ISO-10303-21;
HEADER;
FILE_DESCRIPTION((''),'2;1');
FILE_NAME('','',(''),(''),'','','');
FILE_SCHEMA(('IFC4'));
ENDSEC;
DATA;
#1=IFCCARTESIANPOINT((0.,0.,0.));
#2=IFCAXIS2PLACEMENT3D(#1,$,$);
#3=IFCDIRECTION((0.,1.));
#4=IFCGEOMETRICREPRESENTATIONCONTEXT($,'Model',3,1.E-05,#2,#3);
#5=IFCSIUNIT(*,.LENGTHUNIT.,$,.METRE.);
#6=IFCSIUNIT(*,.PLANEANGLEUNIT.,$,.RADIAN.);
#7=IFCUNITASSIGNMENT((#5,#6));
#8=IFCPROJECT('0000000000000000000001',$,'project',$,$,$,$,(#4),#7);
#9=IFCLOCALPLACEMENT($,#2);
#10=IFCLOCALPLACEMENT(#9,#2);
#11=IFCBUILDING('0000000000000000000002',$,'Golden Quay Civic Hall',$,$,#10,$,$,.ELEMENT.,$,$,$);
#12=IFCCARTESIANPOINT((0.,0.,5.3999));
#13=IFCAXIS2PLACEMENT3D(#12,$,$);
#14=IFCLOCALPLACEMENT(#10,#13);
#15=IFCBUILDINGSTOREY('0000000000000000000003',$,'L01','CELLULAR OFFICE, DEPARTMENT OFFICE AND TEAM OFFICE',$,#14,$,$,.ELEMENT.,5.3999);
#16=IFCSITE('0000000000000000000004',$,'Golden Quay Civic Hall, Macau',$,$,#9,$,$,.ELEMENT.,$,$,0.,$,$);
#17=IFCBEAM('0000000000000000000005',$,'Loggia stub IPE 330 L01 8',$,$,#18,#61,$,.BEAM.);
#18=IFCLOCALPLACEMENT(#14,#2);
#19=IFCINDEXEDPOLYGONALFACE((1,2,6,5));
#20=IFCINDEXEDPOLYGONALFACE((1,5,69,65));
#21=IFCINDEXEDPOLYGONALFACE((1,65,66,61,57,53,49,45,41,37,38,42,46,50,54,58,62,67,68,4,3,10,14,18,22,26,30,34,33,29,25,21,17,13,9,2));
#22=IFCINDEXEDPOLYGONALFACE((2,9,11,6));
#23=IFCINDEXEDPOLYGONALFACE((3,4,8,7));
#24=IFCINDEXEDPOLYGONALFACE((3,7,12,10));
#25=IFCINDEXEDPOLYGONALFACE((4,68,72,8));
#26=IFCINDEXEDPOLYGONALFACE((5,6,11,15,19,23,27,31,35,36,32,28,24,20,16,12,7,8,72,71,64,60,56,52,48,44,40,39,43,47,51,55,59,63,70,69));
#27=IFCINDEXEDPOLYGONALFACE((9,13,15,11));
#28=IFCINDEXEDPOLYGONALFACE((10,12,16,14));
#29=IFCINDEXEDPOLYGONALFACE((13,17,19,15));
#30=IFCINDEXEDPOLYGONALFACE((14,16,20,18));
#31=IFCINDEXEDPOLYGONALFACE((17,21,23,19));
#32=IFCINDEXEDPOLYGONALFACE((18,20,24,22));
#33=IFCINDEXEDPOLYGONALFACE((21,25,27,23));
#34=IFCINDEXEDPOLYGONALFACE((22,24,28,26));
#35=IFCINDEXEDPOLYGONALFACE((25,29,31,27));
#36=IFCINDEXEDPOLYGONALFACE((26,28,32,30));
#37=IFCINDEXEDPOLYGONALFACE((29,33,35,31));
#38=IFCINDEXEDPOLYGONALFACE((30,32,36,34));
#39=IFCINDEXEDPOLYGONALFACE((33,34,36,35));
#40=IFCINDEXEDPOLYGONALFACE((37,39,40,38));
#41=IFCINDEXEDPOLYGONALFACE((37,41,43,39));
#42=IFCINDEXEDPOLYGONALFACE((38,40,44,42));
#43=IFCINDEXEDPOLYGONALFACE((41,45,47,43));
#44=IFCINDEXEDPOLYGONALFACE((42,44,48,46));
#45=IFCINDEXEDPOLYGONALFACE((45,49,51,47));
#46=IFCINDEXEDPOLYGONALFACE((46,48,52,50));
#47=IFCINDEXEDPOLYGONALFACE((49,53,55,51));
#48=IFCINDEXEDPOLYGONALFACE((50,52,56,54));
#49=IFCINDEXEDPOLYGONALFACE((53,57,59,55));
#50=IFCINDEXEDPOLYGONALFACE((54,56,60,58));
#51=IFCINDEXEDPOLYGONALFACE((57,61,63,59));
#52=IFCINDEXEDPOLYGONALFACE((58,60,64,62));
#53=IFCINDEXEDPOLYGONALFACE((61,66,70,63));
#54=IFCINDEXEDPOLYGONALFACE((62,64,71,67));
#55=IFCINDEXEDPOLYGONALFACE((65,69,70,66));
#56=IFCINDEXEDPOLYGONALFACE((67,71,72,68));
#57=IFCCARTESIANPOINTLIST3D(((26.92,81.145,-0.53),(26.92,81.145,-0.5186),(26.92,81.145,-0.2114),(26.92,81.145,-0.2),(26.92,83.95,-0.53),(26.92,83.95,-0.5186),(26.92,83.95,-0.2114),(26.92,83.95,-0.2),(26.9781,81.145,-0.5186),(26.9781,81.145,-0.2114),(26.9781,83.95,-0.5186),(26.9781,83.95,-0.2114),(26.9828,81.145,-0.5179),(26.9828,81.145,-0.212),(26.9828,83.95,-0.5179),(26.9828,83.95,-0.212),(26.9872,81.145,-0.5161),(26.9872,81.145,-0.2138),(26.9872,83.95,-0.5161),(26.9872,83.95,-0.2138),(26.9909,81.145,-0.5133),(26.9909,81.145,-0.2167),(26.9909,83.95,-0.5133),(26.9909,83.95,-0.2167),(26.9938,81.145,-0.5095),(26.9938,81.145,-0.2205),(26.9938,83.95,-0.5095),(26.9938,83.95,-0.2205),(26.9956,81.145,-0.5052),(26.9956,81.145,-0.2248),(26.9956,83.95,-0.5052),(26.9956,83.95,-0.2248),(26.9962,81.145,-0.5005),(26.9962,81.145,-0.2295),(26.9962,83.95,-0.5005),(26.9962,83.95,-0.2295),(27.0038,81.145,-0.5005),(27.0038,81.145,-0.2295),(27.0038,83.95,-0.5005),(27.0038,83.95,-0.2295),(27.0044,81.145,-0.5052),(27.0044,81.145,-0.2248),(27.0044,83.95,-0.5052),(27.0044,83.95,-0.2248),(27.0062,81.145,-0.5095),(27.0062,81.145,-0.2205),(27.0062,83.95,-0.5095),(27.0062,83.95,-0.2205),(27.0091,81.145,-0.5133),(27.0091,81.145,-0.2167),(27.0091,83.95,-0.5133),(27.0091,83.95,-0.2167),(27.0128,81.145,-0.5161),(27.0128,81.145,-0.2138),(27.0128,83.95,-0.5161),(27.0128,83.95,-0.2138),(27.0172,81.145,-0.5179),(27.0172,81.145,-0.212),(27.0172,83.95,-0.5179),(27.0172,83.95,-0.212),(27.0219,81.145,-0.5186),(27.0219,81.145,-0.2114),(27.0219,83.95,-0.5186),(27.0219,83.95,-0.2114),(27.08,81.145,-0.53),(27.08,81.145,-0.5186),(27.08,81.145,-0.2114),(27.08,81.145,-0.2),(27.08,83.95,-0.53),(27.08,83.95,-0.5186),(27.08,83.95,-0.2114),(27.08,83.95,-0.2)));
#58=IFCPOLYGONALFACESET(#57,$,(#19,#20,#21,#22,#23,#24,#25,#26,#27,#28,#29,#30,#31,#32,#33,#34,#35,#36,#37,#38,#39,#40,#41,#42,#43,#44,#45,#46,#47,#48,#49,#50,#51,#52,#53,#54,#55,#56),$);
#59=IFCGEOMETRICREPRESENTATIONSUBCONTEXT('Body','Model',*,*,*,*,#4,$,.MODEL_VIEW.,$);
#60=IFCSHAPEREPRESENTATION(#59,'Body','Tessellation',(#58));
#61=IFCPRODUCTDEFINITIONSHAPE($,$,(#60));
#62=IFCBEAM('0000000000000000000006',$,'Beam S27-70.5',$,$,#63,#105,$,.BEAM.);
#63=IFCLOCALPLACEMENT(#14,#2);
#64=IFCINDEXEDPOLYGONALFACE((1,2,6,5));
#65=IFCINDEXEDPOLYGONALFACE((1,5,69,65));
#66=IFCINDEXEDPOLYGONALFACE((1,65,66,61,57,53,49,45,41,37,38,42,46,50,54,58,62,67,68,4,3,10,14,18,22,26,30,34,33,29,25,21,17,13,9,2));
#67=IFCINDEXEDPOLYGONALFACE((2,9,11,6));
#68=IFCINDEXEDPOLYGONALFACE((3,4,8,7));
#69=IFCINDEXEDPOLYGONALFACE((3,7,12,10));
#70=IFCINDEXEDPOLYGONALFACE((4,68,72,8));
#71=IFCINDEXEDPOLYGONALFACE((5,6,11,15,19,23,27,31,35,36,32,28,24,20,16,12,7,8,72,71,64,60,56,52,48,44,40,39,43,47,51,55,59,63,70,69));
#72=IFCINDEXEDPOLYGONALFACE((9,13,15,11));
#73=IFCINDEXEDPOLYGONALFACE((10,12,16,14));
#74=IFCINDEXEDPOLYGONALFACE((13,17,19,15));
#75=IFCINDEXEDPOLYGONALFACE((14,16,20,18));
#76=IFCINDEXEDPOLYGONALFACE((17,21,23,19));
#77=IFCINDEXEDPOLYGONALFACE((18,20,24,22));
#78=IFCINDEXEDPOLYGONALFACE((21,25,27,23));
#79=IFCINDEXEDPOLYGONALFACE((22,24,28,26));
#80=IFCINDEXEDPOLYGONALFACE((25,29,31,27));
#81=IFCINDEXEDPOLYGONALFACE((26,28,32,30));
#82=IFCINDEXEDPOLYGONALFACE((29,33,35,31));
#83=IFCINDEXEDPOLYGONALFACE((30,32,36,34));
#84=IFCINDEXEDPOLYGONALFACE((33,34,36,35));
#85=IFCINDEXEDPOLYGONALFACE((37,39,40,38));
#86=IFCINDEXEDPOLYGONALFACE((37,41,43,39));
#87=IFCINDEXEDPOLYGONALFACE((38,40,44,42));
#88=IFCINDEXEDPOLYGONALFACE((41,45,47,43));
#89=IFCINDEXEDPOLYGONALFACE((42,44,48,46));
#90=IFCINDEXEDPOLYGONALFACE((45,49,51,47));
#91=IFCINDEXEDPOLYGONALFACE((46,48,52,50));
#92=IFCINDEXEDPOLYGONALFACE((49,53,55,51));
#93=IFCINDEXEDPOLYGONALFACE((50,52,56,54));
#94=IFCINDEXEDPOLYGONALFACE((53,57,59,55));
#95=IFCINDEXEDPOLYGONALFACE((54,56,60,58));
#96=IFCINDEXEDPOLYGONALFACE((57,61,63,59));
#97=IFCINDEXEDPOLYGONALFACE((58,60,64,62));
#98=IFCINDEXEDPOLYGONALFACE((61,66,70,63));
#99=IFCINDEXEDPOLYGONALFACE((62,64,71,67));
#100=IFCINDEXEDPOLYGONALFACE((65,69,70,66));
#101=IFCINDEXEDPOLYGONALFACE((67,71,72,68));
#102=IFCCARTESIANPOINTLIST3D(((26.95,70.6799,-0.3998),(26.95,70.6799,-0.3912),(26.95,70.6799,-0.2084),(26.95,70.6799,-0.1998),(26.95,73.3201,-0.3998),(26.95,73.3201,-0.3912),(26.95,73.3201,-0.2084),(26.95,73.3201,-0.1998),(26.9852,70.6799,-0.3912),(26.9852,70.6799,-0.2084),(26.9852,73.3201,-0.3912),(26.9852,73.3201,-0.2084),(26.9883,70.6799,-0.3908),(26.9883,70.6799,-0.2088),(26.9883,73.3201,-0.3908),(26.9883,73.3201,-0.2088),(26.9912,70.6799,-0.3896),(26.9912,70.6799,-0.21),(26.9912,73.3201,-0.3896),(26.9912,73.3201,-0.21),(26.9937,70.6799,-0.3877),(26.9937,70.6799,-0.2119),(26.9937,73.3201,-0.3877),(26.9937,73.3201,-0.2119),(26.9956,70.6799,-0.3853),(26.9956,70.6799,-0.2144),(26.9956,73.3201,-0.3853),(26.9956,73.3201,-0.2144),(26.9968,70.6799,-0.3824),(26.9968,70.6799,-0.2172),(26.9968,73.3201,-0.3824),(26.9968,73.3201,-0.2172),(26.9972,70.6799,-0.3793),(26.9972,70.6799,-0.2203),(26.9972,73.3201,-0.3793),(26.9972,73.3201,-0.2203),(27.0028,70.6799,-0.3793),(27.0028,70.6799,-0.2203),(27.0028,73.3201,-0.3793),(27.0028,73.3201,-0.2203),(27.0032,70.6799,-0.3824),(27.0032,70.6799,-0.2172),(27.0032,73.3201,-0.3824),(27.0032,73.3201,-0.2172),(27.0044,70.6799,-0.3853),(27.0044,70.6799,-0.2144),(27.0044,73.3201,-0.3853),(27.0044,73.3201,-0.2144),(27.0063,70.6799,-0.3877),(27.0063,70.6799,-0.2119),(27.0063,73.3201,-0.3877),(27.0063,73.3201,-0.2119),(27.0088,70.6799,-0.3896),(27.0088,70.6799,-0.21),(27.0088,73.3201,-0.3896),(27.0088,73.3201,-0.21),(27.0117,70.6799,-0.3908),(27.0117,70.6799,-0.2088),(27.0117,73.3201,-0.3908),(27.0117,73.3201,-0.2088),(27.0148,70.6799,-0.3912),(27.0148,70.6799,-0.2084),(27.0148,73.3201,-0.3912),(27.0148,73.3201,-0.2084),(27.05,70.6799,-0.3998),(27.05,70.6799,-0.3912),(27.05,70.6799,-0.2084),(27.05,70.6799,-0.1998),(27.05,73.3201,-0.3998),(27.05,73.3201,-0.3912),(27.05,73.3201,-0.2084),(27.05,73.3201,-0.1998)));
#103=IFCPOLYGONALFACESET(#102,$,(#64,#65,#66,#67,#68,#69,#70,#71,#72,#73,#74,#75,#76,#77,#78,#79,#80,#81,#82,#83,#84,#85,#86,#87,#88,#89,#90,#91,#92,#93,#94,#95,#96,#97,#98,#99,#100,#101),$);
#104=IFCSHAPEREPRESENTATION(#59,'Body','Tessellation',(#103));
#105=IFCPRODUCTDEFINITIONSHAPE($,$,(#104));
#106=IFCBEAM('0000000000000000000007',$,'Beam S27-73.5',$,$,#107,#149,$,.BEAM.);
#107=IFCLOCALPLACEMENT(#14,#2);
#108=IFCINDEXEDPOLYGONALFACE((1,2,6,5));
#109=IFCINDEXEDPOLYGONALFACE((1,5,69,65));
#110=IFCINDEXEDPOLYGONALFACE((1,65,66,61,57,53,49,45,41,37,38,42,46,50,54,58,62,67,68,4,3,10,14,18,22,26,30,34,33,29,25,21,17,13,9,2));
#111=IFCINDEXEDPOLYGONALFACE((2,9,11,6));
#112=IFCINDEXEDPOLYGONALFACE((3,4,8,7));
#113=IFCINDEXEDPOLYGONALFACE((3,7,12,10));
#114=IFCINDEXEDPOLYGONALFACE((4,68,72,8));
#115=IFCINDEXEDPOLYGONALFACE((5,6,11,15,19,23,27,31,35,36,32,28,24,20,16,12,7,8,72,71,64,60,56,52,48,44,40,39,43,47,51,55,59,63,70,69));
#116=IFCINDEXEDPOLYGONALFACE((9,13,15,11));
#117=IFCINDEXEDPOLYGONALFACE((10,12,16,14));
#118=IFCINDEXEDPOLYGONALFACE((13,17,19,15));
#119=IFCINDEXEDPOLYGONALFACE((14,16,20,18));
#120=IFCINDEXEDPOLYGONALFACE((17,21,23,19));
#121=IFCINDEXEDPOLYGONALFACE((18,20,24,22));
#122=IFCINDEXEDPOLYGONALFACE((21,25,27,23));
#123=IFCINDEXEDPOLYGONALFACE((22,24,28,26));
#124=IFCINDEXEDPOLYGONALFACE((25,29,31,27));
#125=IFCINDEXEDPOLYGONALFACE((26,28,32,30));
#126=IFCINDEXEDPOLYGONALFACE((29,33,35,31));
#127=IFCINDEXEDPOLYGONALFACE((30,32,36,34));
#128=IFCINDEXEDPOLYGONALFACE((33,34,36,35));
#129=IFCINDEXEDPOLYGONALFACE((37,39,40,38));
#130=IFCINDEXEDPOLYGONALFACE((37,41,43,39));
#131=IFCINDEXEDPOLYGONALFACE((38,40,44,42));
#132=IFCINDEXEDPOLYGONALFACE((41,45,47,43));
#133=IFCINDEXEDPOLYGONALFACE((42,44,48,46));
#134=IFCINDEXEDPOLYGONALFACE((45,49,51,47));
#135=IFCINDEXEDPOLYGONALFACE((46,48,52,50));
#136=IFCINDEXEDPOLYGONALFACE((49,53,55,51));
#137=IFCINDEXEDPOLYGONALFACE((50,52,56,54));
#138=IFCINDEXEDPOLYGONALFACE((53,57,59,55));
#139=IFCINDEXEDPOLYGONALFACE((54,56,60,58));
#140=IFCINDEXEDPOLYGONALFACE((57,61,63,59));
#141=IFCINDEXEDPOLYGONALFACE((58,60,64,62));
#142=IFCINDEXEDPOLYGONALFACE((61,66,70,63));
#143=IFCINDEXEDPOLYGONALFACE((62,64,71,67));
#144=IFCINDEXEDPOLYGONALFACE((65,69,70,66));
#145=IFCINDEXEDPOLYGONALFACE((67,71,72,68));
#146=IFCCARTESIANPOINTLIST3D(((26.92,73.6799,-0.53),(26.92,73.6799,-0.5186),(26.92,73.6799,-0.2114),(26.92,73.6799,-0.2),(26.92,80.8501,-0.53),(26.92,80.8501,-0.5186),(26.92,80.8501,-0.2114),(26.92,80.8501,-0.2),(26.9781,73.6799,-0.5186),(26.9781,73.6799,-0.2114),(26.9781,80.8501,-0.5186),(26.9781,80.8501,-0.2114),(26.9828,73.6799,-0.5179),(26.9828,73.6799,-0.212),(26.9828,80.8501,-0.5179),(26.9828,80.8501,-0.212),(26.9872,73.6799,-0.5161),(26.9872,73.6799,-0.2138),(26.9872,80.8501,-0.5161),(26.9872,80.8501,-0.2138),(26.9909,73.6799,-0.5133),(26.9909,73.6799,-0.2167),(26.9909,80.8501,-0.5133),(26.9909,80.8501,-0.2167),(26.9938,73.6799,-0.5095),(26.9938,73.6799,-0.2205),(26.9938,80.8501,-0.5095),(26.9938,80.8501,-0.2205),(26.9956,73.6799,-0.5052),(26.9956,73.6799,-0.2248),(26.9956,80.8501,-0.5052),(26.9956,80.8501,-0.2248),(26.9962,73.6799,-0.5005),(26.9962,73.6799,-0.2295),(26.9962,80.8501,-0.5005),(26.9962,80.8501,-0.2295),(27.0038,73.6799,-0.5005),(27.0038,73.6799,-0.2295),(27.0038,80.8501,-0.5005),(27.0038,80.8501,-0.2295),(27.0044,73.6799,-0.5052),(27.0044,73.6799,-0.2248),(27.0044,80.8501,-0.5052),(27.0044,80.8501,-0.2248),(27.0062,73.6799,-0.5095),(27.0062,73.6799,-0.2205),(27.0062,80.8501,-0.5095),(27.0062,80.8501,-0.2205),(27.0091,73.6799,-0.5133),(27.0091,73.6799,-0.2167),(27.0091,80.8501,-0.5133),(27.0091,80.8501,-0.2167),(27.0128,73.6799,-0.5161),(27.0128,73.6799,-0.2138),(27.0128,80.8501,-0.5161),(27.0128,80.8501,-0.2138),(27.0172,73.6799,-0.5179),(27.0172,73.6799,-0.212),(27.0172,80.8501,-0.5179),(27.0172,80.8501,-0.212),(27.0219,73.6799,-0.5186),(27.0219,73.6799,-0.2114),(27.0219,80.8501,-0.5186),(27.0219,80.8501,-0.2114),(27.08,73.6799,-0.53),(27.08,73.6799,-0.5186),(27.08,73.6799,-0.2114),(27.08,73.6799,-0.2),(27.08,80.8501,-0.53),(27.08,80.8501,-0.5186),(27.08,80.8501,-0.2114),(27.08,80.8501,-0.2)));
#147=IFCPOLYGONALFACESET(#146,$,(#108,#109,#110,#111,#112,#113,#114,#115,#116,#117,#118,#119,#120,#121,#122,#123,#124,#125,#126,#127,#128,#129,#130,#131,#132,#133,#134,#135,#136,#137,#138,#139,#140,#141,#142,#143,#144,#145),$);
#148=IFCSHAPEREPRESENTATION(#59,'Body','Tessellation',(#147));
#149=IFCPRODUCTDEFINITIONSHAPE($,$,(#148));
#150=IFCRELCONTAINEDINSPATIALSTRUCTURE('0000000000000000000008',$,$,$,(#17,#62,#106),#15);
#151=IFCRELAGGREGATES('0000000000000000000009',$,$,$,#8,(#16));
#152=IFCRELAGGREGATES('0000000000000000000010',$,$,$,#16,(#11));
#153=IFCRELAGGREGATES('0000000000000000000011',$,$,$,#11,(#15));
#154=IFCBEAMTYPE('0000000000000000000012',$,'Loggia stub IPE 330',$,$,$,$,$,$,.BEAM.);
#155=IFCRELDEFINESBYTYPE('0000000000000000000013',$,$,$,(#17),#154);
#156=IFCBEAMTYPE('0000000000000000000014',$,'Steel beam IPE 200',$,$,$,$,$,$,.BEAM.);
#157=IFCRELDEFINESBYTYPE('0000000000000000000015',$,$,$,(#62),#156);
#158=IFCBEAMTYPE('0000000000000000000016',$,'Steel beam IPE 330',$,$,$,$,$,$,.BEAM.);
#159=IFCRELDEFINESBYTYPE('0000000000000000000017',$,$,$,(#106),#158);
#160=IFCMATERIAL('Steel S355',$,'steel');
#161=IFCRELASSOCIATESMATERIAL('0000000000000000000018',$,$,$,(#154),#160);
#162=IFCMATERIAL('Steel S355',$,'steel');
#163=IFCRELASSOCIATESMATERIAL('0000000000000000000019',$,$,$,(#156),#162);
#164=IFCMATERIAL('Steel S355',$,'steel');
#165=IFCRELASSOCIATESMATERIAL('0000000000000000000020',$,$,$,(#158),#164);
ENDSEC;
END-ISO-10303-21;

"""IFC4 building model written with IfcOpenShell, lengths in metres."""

from ifc_helpers import new_model, si_unit, direction, frame, origin, origin_2d, place, context, subcontext, project, spatial, i_section, extrude, material, material_profile, profile_set, type_object, element, save


model = new_model("IFC4")

# Units and contexts
model_context = context("Model", 3, precision=1e-05, world=origin(), true_north=direction((0.0, 1.0)))
body_context = subcontext(model_context, "Body", "Model", "MODEL_VIEW")
ifc_project = project(units=[si_unit("LENGTHUNIT", "METRE"), si_unit("PLANEANGLEUNIT", "RADIAN")], contexts=[model_context])

# Site, building, storey
site_placement = place(None, origin())
site = spatial("IfcSite", under=ifc_project, at=site_placement, Name="Golden Quay Civic Hall, Macau", CompositionType="ELEMENT", RefElevation=0.0)
building_placement = place(site_placement, origin())
building = spatial("IfcBuilding", under=site, at=building_placement, Name="Golden Quay Civic Hall", CompositionType="ELEMENT")
storey_placement = place(building_placement, frame((0.0, 0.0, 5.3999)))
storey = spatial("IfcBuildingStorey", under=building, at=storey_placement, Name="L01", Description="CELLULAR OFFICE, DEPARTMENT OFFICE AND TEAM OFFICE", CompositionType="ELEMENT", Elevation=5.3999)

# Beams
ifc_material_1 = material(Name="Steel S355", Category="steel")
ifc_material_profile_1 = material_profile(ifc_material_1, i_section(OverallWidth=0.1599, OverallDepth=0.3301, WebThickness=0.0076, FlangeThickness=0.0115, FilletRadius=0.0181, at=origin_2d()), Name="IPE 330")
ifc_profile_set_1 = profile_set([ifc_material_profile_1], Name="Steel S355")
beam_type_1 = type_object("IfcBeamType", Name="Loggia stub IPE 330", PredefinedType="BEAM", material=ifc_profile_set_1)
beam_1_placement = place(storey_placement, frame((27.0, 81.145, -0.365), z_axis=(0.0, 1.0, 0.0), x_axis=(-1.0, 0.0, 0.0)))
element("IfcBeam", 1, at=beam_1_placement, inside=storey, type_object=beam_type_1, Name="Loggia stub IPE 330 L01 8", PredefinedType="BEAM", context=body_context, shape_type="SweptSolid", body=[
    extrude(i_section(OverallWidth=0.1599, OverallDepth=0.3301, WebThickness=0.0076, FlangeThickness=0.0115, FilletRadius=0.0181, at=origin_2d()), origin(), (0.0, 0.0, 1.0), 2.8049),
])
ifc_material_2 = material(Name="Steel S355", Category="steel")
ifc_material_profile_2 = material_profile(ifc_material_2, i_section(OverallWidth=0.1001, OverallDepth=0.2, WebThickness=0.0056, FlangeThickness=0.0085, FilletRadius=0.012, at=origin_2d()), Name="IPE 200")
ifc_profile_set_2 = profile_set([ifc_material_profile_2], Name="Steel S355")
beam_type_2 = type_object("IfcBeamType", Name="Steel beam IPE 200", PredefinedType="BEAM", material=ifc_profile_set_2)
beam_2_placement = place(storey_placement, frame((27.0, 70.6799, -0.2998), z_axis=(0.0, 1.0, 0.0), x_axis=(-1.0, 0.0, 0.0)))
element("IfcBeam", 2, at=beam_2_placement, inside=storey, type_object=beam_type_2, Name="Beam S27-70.5", PredefinedType="BEAM", context=body_context, shape_type="SweptSolid", body=[
    extrude(i_section(OverallWidth=0.1001, OverallDepth=0.2, WebThickness=0.0056, FlangeThickness=0.0085, FilletRadius=0.012, at=origin_2d()), origin(), (0.0, 0.0, 1.0), 2.6401),
])
ifc_material_3 = material(Name="Steel S355", Category="steel")
ifc_material_profile_3 = material_profile(ifc_material_3, i_section(OverallWidth=0.1599, OverallDepth=0.3301, WebThickness=0.0076, FlangeThickness=0.0115, FilletRadius=0.0181, at=origin_2d()), Name="IPE 330")
ifc_profile_set_3 = profile_set([ifc_material_profile_3], Name="Steel S355")
beam_type_3 = type_object("IfcBeamType", Name="Steel beam IPE 330", PredefinedType="BEAM", material=ifc_profile_set_3)
beam_3_placement = place(storey_placement, frame((27.0, 73.6799, -0.365), z_axis=(0.0, 1.0, 0.0), x_axis=(-1.0, 0.0, 0.0)))
element("IfcBeam", 3, at=beam_3_placement, inside=storey, type_object=beam_type_3, Name="Beam S27-73.5", PredefinedType="BEAM", context=body_context, shape_type="SweptSolid", body=[
    extrude(i_section(OverallWidth=0.1599, OverallDepth=0.3301, WebThickness=0.0076, FlangeThickness=0.0115, FilletRadius=0.0181, at=origin_2d()), origin(), (0.0, 0.0, 1.0), 7.1702),
])

save(model, "model.ifc")
